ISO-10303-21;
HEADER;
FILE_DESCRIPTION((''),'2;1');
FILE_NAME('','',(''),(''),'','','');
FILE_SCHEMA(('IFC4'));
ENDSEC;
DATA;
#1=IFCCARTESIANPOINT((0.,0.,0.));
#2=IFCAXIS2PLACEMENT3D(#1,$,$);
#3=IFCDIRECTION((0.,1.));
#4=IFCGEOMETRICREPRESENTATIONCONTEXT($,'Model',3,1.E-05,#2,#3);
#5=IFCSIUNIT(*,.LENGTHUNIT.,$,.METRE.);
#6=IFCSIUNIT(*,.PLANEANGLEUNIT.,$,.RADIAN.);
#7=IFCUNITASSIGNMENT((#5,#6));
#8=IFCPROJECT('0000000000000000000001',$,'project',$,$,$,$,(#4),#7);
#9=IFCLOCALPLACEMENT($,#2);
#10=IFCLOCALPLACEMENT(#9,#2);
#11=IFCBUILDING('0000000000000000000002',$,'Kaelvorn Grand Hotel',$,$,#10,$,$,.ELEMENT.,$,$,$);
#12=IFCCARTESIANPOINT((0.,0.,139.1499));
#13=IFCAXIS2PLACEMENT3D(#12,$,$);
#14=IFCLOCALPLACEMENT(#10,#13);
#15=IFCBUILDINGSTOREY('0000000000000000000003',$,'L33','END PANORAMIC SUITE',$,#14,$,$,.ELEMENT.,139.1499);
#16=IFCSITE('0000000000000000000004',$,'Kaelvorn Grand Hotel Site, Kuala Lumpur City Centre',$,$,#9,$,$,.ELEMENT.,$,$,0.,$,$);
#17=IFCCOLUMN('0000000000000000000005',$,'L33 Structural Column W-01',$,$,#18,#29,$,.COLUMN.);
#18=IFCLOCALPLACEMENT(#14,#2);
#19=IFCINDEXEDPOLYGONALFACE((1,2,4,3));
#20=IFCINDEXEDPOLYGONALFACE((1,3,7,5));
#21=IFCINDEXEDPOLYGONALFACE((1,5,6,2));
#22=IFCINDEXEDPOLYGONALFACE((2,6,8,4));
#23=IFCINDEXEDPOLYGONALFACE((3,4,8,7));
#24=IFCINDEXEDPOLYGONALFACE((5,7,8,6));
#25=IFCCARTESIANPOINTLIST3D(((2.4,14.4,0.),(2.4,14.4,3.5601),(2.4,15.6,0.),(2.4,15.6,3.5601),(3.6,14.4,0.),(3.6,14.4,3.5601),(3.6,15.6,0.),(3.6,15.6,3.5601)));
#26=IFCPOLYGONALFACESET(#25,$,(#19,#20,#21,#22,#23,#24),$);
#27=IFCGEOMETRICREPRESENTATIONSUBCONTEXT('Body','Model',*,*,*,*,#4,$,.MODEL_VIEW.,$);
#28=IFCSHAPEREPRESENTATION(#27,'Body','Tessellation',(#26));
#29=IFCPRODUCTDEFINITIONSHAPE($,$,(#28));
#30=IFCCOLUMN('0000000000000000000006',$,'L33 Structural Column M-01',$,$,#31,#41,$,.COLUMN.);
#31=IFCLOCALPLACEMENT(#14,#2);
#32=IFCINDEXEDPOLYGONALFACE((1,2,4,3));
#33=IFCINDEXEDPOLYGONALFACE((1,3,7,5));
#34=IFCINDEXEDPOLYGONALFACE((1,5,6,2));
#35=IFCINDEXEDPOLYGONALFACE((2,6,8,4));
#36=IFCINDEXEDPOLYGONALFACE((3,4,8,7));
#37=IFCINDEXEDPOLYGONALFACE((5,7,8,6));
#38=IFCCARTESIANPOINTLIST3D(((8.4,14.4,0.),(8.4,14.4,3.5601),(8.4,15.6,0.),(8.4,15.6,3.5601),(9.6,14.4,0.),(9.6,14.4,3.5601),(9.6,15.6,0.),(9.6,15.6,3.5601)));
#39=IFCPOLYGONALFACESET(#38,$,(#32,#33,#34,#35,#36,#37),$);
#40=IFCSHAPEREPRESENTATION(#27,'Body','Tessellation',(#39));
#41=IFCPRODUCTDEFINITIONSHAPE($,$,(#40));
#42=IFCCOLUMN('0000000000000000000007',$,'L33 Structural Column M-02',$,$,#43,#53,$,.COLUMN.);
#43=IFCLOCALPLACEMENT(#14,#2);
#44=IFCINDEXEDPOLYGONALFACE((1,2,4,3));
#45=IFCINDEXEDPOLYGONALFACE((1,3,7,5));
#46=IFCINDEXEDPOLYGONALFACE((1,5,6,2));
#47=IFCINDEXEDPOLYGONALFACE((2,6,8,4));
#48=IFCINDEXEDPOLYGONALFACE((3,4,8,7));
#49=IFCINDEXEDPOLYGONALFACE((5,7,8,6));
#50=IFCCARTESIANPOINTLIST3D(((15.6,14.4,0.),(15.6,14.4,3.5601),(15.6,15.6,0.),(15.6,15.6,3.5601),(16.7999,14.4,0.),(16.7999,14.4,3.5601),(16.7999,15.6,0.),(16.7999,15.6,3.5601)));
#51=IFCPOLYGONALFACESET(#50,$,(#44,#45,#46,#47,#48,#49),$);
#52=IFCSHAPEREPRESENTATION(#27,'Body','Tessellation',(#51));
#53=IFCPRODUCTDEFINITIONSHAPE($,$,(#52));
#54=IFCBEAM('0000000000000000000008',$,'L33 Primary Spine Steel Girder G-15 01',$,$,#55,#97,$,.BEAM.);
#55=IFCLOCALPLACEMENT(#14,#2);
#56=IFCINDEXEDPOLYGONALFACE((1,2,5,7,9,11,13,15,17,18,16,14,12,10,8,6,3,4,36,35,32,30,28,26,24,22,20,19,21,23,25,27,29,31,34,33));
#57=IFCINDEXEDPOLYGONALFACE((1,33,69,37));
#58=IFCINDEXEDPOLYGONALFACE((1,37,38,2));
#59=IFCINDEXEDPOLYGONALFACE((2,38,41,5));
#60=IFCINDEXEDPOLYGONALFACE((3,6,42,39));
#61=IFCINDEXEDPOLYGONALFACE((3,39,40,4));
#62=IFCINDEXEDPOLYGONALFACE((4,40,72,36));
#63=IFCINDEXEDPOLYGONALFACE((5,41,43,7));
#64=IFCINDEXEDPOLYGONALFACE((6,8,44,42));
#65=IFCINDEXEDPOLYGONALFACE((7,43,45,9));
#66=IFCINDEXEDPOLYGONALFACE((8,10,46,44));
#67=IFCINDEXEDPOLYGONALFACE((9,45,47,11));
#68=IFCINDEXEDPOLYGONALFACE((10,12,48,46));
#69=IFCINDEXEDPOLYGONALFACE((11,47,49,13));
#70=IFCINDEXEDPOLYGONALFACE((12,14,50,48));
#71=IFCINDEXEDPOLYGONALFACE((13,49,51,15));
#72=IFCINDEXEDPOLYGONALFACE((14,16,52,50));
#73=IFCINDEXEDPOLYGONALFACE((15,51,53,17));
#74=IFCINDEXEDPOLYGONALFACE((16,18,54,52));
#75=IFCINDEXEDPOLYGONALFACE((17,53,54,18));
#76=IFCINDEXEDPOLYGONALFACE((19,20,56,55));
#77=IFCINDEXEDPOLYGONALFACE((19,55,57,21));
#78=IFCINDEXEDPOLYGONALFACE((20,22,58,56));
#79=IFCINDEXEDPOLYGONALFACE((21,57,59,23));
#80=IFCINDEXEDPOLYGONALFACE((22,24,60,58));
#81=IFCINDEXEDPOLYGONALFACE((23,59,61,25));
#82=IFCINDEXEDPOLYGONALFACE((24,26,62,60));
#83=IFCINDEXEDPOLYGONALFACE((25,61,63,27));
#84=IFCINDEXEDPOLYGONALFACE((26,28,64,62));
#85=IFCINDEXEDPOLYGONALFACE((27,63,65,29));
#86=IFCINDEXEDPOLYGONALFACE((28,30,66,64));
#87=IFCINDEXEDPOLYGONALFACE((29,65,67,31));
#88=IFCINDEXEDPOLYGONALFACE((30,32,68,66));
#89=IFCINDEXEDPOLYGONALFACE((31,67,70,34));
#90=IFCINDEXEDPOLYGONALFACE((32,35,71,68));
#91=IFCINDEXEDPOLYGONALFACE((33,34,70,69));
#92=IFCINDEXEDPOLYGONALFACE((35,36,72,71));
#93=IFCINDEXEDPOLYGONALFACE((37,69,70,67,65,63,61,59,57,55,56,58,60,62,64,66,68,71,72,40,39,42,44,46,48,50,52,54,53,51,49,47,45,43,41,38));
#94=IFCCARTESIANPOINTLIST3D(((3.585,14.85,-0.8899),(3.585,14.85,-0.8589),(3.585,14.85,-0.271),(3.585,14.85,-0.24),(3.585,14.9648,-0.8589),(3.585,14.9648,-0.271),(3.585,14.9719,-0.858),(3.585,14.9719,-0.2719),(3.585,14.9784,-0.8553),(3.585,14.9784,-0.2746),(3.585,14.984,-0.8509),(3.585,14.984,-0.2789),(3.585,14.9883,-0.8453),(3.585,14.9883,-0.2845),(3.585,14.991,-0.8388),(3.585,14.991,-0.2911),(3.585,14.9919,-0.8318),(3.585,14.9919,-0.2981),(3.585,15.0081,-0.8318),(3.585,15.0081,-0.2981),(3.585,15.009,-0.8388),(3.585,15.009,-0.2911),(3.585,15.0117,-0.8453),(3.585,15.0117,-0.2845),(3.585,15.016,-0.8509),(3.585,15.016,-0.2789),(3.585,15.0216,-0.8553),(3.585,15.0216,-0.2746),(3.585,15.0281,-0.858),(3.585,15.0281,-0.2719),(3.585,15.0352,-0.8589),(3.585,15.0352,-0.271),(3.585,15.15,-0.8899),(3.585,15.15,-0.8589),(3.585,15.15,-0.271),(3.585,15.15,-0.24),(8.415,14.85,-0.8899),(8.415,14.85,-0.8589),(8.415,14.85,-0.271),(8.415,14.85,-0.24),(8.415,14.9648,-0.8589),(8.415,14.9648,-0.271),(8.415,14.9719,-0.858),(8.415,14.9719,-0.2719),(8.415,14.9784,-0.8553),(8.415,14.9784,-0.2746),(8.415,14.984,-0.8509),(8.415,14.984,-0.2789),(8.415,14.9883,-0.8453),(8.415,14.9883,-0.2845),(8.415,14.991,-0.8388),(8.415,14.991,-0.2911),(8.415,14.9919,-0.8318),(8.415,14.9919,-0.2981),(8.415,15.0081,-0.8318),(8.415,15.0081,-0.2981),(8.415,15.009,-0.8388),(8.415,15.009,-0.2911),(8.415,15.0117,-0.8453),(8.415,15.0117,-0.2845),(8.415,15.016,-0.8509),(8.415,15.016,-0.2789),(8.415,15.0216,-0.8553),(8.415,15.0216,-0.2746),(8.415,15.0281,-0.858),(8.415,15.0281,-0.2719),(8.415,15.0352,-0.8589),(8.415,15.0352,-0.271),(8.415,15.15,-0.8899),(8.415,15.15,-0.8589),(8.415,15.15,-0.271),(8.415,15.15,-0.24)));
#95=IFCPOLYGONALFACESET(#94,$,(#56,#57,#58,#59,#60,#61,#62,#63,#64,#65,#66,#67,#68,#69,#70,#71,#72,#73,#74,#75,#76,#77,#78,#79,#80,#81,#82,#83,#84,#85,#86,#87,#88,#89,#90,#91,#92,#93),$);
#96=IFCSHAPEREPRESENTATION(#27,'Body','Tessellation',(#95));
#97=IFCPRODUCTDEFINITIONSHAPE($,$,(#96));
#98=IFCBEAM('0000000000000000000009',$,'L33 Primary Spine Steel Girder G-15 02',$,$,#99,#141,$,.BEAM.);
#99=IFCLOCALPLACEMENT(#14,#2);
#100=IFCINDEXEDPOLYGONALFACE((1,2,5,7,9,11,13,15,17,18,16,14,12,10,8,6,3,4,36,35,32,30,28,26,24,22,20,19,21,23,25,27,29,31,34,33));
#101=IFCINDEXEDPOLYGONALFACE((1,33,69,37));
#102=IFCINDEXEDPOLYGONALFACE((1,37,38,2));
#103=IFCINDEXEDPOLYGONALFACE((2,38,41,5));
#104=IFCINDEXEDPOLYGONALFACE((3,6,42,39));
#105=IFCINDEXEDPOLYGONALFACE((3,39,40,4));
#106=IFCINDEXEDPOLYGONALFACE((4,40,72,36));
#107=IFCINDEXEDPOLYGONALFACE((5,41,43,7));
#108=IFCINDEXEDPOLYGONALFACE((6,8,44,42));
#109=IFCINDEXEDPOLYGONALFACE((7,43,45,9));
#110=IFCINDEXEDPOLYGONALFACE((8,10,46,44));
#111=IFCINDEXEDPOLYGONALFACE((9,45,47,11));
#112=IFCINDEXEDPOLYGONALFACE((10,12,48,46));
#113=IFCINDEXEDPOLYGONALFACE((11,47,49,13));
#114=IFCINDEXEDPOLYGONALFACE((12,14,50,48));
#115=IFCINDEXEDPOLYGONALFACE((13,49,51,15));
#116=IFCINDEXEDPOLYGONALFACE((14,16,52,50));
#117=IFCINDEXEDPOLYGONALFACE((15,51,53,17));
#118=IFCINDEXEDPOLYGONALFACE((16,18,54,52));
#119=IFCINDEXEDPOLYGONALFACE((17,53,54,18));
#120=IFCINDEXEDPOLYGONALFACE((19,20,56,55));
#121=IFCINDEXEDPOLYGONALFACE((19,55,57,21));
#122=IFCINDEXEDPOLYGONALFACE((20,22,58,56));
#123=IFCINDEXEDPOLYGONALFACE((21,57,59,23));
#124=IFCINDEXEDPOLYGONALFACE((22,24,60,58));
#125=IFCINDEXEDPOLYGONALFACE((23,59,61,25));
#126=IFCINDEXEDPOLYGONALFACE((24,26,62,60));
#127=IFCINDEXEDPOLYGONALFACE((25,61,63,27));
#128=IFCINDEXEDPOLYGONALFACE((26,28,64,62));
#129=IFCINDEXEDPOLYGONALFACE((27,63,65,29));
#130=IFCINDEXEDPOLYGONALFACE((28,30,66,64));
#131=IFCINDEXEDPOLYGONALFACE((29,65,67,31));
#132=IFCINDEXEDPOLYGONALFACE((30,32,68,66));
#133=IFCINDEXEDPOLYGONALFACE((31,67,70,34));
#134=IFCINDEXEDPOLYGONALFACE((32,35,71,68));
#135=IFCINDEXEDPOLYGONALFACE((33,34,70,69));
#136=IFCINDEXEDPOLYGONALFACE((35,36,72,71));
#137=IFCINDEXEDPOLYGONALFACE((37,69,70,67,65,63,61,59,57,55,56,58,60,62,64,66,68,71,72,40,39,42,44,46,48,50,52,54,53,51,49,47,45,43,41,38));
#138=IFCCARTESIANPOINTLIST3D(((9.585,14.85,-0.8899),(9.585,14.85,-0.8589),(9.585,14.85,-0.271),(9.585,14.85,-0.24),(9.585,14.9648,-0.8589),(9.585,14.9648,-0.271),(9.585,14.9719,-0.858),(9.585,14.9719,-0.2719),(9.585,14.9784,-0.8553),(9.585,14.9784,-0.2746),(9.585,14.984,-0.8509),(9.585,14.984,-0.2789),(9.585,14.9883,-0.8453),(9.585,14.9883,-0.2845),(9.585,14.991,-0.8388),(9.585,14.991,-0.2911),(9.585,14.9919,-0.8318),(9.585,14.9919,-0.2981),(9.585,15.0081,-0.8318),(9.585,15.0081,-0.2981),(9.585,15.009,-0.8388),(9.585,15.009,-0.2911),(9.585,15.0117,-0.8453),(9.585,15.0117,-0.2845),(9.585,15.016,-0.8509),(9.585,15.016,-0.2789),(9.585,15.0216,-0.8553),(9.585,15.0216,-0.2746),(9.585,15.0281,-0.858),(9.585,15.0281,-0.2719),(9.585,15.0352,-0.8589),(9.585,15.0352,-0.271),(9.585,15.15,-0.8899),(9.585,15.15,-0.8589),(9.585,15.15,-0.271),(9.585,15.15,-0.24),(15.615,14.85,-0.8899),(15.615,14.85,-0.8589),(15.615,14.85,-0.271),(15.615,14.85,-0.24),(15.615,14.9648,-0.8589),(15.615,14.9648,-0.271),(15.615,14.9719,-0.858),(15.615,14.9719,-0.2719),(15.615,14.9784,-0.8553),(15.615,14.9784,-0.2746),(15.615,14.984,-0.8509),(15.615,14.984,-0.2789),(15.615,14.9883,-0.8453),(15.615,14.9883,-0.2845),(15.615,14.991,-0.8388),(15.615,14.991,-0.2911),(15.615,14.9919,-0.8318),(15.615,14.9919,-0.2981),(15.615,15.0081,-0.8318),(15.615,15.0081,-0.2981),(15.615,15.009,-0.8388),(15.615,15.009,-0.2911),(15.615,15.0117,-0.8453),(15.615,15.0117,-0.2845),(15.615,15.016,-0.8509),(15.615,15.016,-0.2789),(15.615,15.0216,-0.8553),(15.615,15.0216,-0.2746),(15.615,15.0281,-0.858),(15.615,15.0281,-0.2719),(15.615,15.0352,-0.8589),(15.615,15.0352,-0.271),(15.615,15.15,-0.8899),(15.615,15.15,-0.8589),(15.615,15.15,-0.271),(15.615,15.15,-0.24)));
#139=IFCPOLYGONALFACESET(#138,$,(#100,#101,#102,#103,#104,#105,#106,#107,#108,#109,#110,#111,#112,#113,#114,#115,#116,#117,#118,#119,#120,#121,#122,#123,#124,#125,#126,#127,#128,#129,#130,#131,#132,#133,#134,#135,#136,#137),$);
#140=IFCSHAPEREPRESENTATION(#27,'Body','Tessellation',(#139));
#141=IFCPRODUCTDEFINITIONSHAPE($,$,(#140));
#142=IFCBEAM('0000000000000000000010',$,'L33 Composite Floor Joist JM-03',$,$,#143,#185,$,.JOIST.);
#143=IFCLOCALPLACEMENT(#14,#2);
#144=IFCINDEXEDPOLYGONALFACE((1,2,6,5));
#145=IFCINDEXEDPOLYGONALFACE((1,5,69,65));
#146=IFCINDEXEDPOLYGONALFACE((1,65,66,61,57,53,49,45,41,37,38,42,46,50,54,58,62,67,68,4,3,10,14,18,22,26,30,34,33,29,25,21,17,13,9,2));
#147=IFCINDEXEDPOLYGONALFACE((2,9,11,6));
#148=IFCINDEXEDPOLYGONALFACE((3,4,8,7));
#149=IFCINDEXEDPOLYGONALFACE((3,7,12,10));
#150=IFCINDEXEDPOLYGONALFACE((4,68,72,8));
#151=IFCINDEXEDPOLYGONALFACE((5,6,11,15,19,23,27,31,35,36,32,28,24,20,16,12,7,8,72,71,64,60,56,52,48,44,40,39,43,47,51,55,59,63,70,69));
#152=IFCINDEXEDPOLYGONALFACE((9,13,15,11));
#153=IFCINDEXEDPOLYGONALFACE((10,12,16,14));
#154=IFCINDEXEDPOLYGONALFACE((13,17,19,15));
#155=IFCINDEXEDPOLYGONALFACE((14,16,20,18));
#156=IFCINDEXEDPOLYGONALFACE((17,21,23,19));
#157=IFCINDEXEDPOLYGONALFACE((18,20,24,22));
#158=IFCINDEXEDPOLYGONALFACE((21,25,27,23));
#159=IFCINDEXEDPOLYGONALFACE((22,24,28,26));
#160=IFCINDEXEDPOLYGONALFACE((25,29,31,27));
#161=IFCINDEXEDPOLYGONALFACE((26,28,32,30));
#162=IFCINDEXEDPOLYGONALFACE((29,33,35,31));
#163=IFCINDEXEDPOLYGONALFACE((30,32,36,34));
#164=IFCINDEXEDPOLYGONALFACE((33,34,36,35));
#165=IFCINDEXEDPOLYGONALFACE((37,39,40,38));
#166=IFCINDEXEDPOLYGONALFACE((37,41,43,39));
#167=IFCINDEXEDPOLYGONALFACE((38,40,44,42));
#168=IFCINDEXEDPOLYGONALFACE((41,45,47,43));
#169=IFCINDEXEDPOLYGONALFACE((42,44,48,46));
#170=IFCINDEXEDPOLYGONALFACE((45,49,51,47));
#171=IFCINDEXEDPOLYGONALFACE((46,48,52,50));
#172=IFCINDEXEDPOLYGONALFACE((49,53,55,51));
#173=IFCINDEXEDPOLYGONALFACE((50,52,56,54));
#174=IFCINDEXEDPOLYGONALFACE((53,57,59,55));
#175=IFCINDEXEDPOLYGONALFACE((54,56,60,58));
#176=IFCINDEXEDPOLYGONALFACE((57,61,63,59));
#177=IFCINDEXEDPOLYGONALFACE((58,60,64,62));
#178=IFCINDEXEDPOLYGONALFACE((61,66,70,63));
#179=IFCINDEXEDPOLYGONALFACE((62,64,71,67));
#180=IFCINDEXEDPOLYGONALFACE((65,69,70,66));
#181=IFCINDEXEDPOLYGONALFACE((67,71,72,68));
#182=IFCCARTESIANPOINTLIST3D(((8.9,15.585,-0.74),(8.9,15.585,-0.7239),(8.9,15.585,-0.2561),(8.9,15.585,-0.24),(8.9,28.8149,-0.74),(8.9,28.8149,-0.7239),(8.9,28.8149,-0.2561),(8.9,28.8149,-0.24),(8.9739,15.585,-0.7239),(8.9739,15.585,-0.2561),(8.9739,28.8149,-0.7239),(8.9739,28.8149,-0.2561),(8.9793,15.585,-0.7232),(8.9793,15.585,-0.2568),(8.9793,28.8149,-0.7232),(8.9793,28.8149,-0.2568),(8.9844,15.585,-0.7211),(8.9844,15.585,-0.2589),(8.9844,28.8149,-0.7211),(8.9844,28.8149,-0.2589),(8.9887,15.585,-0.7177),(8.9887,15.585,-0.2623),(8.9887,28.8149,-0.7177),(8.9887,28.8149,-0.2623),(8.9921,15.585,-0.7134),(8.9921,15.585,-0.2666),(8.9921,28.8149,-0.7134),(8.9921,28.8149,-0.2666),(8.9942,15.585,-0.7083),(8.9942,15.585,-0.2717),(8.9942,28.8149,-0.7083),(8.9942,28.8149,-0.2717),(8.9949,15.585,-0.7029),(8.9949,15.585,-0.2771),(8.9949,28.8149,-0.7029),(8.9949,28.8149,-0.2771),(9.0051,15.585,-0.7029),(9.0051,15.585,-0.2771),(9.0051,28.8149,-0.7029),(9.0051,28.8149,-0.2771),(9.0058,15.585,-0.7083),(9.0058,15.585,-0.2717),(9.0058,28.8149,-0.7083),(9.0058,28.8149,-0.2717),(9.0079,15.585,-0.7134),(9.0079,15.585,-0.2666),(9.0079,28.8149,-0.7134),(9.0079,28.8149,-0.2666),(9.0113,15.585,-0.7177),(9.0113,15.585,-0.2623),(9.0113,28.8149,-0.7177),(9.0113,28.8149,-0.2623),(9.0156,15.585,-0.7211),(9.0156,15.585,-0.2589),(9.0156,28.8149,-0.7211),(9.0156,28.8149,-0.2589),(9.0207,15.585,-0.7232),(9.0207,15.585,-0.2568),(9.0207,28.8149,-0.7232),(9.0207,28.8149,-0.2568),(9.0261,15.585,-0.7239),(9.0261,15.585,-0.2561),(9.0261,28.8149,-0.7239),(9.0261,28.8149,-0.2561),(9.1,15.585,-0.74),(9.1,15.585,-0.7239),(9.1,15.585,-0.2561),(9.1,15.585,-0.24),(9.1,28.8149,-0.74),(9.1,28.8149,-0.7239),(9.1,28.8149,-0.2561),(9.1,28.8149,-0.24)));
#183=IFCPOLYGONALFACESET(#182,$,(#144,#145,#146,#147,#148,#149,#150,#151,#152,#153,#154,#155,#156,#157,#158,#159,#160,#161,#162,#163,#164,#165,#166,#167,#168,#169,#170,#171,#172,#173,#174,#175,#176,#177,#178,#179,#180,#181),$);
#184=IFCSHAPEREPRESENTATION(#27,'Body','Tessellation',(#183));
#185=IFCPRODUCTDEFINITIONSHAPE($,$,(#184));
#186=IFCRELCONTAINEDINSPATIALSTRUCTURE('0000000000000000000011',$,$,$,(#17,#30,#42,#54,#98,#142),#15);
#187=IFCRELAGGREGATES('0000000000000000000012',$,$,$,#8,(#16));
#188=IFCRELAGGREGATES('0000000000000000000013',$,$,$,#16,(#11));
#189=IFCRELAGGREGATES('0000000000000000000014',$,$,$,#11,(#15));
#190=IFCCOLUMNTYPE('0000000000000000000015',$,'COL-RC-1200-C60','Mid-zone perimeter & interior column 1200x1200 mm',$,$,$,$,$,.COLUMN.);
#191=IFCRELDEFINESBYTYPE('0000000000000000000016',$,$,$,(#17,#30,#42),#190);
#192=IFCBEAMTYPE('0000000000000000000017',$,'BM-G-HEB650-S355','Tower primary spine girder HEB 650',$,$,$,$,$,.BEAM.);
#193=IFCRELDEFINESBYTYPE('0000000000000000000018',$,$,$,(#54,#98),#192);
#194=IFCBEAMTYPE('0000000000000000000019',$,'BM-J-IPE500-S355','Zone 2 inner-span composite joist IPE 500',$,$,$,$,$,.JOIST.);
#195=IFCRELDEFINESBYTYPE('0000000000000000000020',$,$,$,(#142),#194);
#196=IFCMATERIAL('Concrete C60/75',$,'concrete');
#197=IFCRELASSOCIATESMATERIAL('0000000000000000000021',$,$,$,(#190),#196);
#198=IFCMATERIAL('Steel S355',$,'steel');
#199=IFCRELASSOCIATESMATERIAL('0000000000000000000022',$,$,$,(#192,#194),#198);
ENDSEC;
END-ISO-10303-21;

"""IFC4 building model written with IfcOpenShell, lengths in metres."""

from ifc_helpers import new_model, si_unit, direction, frame, origin, origin_2d, place, context, subcontext, project, spatial, rectangle, i_section, extrude, material, material_profile, profile_set, type_object, element, save


model = new_model("IFC4")

# Units and contexts
model_context = context("Model", 3, precision=1e-05, world=origin(), true_north=direction((0.0, 1.0)))
body_context = subcontext(model_context, "Body", "Model", "MODEL_VIEW")
ifc_project = project(units=[si_unit("LENGTHUNIT", "METRE"), si_unit("PLANEANGLEUNIT", "RADIAN")], contexts=[model_context])

# Site, building, storey
site_placement = place(None, origin())
site = spatial("IfcSite", under=ifc_project, at=site_placement, Name="Kaelvorn Grand Hotel Site, Kuala Lumpur City Centre", CompositionType="ELEMENT", RefElevation=0.0)
building_placement = place(site_placement, origin())
building = spatial("IfcBuilding", under=site, at=building_placement, Name="Kaelvorn Grand Hotel", CompositionType="ELEMENT")
storey_placement = place(building_placement, frame((0.0, 0.0, 139.1499)))
storey = spatial("IfcBuildingStorey", under=building, at=storey_placement, Name="L33", Description="END PANORAMIC SUITE", CompositionType="ELEMENT", Elevation=139.1499)

# Columns
ifc_material_1 = material(Name="Concrete C60/75", Category="concrete")
ifc_material_profile_1 = material_profile(ifc_material_1, rectangle(XDim=1.2, YDim=1.2, at=origin_2d()), Name="RC COL 1200x1200")
ifc_profile_set_1 = profile_set([ifc_material_profile_1], Name="Concrete C60/75")
column_type = type_object("IfcColumnType", Name="COL-RC-1200-C60", Description="Mid-zone perimeter & interior column 1200x1200 mm", PredefinedType="COLUMN", material=ifc_profile_set_1)
for number, where, z_axis, x_axis, name in (
    (1, (3.0, 15.0, 0.0), (0.0, 0.0, 1.0), (1.0, 0.0, 0.0), "L33 Structural Column W-01"),
    (2, (9.0, 15.0, 0.0), (0.0, 0.0, 1.0), (1.0, 0.0, 0.0), "L33 Structural Column M-01"),
    (3, (16.2, 15.0, 0.0), (0.0, 0.0, 1.0), (1.0, 0.0, 0.0), "L33 Structural Column M-02"),
):
    element("IfcColumn", number, at=place(storey_placement, frame(where, z_axis=z_axis, x_axis=x_axis)), inside=storey, type_object=column_type, Name=name, PredefinedType="COLUMN", context=body_context, shape_type="SweptSolid", body=[
        extrude(rectangle(XDim=1.2, YDim=1.2, at=origin_2d()), origin(), (0.0, 0.0, 1.0), 3.5601),
    ])

# Beams
ifc_material_2 = material(Name="Steel S355", Category="steel")
ifc_material_profile_2 = material_profile(ifc_material_2, i_section(OverallWidth=0.3, OverallDepth=0.6499, WebThickness=0.0161, FlangeThickness=0.031, FilletRadius=0.0271, at=origin_2d()), Name="HEB 650")
ifc_profile_set_2 = profile_set([ifc_material_profile_2], Name="Steel S355")
beam_type_1 = type_object("IfcBeamType", Name="BM-G-HEB650-S355", Description="Tower primary spine girder HEB 650", PredefinedType="BEAM", material=ifc_profile_set_2)
beam_1_placement = place(storey_placement, frame((3.585, 15.0, -0.5649), z_axis=(1.0, 0.0, 0.0), x_axis=(0.0, 1.0, 0.0)))
element("IfcBeam", 4, at=beam_1_placement, inside=storey, type_object=beam_type_1, Name="L33 Primary Spine Steel Girder G-15 01", PredefinedType="BEAM", context=body_context, shape_type="SweptSolid", body=[
    extrude(i_section(OverallWidth=0.3, OverallDepth=0.6499, WebThickness=0.0161, FlangeThickness=0.031, FilletRadius=0.0271, at=origin_2d()), origin(), (0.0, 0.0, 1.0), 4.8301),
])
beam_2_placement = place(storey_placement, frame((9.585, 15.0, -0.5649), z_axis=(1.0, 0.0, 0.0), x_axis=(0.0, 1.0, 0.0)))
element("IfcBeam", 5, at=beam_2_placement, inside=storey, type_object=beam_type_1, Name="L33 Primary Spine Steel Girder G-15 02", PredefinedType="BEAM", context=body_context, shape_type="SweptSolid", body=[
    extrude(i_section(OverallWidth=0.3, OverallDepth=0.6499, WebThickness=0.0161, FlangeThickness=0.031, FilletRadius=0.0271, at=origin_2d()), origin(), (0.0, 0.0, 1.0), 6.03),
])
ifc_material_profile_3 = material_profile(ifc_material_2, i_section(OverallWidth=0.2, OverallDepth=0.5, WebThickness=0.0103, FlangeThickness=0.0161, FilletRadius=0.021, at=origin_2d()), Name="IPE 500")
ifc_profile_set_3 = profile_set([ifc_material_profile_3], Name="Steel S355")
beam_type_2 = type_object("IfcBeamType", Name="BM-J-IPE500-S355", Description="Zone 2 inner-span composite joist IPE 500", PredefinedType="JOIST", material=ifc_profile_set_3)
beam_3_placement = place(storey_placement, frame((9.0, 15.585, -0.49), z_axis=(0.0, 1.0, 0.0), x_axis=(-1.0, 0.0, 0.0)))
element("IfcBeam", 6, at=beam_3_placement, inside=storey, type_object=beam_type_2, Name="L33 Composite Floor Joist JM-03", PredefinedType="JOIST", context=body_context, shape_type="SweptSolid", body=[
    extrude(i_section(OverallWidth=0.2, OverallDepth=0.5, WebThickness=0.0103, FlangeThickness=0.0161, FilletRadius=0.021, at=origin_2d()), origin(), (0.0, 0.0, 1.0), 13.23),
])

save(model, "model.ifc")
